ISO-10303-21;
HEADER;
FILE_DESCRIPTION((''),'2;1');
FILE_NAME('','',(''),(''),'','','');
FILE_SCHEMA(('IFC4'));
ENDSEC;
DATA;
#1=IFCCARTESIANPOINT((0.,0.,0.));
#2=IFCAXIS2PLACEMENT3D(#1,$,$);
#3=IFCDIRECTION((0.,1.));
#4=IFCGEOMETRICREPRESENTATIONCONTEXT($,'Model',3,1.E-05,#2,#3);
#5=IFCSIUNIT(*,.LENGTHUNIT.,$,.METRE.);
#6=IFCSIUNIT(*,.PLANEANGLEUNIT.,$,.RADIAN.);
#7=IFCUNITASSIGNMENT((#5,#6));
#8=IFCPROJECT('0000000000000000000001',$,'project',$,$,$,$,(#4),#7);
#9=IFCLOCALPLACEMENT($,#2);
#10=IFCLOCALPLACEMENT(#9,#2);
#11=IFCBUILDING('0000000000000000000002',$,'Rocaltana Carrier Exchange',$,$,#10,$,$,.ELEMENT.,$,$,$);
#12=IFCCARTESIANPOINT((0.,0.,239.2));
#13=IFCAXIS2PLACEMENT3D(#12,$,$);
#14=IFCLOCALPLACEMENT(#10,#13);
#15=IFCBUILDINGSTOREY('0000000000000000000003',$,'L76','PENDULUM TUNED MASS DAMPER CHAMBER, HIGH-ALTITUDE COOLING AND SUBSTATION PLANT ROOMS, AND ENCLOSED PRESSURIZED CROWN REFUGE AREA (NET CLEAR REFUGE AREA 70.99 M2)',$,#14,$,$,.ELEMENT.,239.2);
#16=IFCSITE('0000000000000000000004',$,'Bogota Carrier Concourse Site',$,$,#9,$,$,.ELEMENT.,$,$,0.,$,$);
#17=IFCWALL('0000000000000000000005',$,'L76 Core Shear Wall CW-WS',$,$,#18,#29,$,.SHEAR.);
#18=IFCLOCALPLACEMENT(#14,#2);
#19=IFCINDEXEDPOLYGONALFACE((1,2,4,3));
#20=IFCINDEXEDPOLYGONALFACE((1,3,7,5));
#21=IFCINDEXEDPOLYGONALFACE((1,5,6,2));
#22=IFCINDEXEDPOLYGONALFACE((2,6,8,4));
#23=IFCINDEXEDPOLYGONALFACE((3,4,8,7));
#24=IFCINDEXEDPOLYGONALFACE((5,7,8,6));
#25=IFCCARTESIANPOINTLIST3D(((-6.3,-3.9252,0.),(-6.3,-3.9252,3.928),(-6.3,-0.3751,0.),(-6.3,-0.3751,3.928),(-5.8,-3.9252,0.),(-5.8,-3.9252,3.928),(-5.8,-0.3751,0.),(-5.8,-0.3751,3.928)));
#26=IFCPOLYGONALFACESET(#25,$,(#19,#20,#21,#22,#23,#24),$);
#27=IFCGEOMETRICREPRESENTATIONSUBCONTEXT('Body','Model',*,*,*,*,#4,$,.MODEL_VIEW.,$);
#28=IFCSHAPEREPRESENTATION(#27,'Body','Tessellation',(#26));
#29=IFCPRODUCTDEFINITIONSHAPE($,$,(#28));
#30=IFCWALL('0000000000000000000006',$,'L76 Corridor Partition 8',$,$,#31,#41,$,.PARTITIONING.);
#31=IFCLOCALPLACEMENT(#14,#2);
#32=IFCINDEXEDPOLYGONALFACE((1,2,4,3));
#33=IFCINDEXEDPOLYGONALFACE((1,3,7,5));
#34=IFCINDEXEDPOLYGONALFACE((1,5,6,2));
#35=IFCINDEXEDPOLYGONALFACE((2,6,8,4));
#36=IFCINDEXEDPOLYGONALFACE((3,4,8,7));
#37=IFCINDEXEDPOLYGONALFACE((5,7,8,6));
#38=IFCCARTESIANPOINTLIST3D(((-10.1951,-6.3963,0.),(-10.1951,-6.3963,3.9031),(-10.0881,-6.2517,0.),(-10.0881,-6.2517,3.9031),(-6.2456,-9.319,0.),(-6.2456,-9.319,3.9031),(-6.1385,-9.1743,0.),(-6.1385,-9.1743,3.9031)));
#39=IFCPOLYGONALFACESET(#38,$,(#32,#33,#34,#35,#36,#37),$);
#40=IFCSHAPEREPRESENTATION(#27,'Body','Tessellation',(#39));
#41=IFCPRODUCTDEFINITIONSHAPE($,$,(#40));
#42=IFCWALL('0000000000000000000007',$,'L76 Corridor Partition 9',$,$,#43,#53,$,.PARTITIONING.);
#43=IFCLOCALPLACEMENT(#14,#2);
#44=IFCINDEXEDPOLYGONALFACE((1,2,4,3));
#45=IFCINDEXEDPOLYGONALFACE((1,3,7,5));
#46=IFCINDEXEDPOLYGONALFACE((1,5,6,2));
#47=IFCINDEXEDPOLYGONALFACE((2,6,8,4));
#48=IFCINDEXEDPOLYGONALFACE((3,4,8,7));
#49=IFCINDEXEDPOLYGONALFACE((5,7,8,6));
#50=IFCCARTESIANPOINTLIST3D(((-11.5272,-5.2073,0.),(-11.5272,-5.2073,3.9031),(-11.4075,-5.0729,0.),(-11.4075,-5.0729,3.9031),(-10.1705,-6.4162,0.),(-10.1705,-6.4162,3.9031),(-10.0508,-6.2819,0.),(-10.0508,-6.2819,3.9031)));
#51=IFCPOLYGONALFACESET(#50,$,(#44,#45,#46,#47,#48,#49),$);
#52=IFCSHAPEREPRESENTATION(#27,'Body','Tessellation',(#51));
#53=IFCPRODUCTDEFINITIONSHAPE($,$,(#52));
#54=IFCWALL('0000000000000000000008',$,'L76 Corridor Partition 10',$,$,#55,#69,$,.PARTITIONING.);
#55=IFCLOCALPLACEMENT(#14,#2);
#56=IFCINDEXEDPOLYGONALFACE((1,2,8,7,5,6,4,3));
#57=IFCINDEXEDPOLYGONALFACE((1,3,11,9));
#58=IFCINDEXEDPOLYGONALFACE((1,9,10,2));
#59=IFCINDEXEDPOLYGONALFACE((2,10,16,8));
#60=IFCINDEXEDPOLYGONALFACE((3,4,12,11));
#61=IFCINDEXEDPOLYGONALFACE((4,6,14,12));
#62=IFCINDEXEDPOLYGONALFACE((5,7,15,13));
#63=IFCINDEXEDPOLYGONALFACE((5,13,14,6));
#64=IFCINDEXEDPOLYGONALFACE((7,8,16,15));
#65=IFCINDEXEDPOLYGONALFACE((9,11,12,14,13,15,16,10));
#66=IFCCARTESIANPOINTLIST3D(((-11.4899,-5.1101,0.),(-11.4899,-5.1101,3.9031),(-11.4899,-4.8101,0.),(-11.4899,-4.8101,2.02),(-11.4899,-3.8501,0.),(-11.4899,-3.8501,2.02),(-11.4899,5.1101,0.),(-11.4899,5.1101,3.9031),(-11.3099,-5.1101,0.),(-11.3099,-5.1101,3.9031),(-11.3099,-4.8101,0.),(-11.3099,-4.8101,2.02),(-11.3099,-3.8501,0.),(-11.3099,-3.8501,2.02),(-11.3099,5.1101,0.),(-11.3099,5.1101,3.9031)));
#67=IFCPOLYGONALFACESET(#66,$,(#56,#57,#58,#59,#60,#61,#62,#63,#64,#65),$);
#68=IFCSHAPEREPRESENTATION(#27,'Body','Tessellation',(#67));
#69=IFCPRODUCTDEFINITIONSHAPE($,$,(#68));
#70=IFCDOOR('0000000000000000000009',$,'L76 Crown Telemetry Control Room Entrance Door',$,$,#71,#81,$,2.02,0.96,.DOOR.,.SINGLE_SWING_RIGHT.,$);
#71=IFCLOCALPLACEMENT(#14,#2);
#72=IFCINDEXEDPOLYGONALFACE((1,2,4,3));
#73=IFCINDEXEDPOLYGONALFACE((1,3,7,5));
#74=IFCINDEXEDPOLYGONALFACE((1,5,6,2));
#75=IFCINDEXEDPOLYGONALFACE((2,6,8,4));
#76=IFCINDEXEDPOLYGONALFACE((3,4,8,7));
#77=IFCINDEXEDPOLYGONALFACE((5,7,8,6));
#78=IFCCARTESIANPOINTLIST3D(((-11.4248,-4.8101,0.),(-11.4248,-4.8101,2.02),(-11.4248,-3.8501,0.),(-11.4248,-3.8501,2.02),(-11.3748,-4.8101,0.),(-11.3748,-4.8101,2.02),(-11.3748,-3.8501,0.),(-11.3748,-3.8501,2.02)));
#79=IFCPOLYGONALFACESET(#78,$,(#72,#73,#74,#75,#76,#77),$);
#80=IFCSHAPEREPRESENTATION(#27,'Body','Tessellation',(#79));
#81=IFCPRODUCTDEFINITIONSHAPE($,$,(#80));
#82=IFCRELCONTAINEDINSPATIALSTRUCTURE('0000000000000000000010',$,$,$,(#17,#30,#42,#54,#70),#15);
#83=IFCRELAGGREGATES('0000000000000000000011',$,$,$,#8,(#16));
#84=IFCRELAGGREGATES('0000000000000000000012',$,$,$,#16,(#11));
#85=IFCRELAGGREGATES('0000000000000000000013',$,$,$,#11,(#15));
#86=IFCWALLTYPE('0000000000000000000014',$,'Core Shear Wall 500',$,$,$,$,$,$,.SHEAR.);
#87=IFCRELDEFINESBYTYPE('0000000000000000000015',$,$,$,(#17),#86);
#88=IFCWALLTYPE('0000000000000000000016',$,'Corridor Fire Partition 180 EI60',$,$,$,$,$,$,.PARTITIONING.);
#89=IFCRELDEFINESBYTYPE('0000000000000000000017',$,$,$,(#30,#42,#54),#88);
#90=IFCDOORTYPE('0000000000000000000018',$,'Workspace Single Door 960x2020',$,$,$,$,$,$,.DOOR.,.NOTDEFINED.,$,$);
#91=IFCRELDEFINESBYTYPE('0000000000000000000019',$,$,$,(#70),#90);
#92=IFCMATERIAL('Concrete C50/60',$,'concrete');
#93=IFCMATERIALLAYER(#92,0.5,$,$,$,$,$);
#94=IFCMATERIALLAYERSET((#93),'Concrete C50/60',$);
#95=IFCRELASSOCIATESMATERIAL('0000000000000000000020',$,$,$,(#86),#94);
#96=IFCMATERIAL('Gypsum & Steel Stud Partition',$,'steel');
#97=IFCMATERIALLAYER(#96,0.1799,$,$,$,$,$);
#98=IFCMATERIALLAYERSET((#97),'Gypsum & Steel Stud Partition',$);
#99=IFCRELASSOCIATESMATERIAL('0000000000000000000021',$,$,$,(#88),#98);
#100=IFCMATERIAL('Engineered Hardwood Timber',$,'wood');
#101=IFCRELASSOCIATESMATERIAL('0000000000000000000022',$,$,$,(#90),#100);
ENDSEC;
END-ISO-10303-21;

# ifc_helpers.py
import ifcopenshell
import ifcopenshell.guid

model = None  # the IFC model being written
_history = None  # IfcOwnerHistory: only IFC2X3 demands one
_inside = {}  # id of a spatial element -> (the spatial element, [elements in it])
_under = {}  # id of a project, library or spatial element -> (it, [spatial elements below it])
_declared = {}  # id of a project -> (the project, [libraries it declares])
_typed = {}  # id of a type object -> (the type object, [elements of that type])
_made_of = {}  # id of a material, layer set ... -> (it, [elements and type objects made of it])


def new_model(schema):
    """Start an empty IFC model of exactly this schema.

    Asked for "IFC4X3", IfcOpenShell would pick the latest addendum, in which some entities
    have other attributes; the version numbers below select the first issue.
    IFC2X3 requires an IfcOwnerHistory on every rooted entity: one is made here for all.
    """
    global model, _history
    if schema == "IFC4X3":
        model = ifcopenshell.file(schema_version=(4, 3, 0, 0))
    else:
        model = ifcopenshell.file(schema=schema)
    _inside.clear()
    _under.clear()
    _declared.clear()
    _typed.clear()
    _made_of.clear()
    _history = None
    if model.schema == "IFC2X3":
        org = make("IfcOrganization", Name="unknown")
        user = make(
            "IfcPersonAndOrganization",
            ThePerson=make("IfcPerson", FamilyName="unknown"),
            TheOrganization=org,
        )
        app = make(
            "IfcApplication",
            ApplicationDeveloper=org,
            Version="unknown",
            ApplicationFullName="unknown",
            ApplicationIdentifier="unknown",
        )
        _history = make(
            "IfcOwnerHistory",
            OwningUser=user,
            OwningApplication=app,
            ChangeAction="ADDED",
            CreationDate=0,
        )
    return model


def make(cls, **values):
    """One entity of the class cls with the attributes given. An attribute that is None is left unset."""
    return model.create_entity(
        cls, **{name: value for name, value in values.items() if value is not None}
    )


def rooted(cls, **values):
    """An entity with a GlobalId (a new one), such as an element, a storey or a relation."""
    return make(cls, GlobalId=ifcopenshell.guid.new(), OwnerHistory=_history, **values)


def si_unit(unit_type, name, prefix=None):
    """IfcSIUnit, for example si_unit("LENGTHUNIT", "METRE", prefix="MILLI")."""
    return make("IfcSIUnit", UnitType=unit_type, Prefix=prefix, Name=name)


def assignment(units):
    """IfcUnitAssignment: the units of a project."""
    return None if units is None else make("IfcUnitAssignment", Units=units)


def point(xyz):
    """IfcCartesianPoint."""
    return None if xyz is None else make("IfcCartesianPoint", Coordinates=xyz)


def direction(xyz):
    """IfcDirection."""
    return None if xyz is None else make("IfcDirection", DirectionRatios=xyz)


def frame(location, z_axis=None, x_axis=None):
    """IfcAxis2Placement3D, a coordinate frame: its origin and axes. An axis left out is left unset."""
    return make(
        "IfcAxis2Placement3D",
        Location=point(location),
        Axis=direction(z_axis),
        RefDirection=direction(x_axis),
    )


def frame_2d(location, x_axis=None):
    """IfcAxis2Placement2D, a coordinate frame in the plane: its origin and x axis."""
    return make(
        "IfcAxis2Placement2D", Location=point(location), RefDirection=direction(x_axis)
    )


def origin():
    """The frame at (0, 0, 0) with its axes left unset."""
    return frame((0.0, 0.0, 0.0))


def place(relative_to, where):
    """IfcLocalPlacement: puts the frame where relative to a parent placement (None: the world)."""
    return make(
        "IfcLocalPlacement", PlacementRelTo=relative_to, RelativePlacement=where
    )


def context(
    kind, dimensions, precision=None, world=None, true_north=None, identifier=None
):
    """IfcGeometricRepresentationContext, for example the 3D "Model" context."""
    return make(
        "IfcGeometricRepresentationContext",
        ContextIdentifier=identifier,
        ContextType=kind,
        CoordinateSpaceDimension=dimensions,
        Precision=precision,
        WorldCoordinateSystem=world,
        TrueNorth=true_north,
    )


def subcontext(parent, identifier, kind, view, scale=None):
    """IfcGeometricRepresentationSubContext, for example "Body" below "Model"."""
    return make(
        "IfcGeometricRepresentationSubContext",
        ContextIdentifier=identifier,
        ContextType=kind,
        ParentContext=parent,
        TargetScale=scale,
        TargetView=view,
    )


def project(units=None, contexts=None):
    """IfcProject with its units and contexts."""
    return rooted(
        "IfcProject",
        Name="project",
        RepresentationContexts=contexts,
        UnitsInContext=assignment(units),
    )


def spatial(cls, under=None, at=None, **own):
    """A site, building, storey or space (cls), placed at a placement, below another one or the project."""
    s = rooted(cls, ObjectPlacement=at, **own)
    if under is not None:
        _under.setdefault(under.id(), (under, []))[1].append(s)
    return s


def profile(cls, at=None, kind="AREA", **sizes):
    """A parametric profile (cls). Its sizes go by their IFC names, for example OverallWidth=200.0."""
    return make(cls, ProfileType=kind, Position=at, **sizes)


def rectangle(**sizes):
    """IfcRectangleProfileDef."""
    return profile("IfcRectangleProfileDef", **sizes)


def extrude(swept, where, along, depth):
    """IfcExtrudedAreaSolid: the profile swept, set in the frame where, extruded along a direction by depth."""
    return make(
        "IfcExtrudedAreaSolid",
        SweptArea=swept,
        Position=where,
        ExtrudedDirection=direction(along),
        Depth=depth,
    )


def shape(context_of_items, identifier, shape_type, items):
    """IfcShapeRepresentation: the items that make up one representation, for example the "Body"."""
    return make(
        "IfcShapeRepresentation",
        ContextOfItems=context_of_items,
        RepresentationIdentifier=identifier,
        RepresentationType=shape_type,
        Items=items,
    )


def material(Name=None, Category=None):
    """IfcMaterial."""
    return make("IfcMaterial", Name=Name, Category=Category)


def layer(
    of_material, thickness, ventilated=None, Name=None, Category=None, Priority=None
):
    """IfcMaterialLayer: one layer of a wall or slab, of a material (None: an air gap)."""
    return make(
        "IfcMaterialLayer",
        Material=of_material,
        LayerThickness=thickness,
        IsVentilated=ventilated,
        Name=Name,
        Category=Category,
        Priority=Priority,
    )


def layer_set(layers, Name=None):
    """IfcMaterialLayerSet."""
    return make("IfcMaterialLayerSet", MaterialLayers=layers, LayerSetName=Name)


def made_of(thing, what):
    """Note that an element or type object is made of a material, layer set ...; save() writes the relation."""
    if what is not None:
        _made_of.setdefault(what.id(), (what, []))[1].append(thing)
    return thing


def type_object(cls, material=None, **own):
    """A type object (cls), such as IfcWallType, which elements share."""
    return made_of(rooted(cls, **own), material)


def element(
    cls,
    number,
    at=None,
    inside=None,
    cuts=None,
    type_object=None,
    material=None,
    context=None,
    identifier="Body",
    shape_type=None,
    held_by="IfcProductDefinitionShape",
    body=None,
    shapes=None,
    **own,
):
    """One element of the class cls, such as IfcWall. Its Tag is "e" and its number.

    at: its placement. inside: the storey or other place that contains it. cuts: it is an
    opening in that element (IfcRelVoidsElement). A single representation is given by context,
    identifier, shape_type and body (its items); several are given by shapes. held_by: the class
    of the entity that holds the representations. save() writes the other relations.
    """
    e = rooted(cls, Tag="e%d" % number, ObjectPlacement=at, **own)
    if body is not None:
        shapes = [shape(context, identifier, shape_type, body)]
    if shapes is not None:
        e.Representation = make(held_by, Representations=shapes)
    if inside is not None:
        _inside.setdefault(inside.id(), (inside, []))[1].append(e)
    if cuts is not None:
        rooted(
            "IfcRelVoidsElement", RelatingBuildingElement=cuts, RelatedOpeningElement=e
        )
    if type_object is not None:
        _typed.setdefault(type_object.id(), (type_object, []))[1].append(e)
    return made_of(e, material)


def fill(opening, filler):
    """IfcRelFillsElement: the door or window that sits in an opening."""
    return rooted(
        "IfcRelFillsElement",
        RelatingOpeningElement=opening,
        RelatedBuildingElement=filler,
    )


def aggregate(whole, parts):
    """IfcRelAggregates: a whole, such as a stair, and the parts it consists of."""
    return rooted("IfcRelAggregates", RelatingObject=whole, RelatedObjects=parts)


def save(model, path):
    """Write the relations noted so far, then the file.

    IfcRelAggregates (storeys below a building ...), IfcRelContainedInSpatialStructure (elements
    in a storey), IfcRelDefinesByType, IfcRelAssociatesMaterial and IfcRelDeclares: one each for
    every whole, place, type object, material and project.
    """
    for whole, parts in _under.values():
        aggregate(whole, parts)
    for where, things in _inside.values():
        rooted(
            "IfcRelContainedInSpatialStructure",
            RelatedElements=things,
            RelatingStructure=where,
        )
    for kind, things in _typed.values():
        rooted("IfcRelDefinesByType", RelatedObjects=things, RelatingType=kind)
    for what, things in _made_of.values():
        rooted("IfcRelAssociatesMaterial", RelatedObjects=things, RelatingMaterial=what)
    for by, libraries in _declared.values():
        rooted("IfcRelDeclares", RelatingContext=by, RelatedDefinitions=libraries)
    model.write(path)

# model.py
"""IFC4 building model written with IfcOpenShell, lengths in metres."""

from ifc_helpers import new_model, si_unit, direction, frame, frame_2d, origin, place, context, subcontext, project, spatial, rectangle, extrude, material, layer, layer_set, type_object, element, fill, save


model = new_model("IFC4")

# Units and contexts
model_context = context("Model", 3, precision=1e-05, world=origin(), true_north=direction((0.0, 1.0)))
body_context = subcontext(model_context, "Body", "Model", "MODEL_VIEW")
ifc_project = project(units=[si_unit("LENGTHUNIT", "METRE"), si_unit("PLANEANGLEUNIT", "RADIAN")], contexts=[model_context])

# Site, building, storey
site_placement = place(None, origin())
site = spatial("IfcSite", under=ifc_project, at=site_placement, Name="Bogota Carrier Concourse Site", CompositionType="ELEMENT", RefElevation=0.0)
building_placement = place(site_placement, origin())
building = spatial("IfcBuilding", under=site, at=building_placement, Name="Rocaltana Carrier Exchange", CompositionType="ELEMENT")
storey_placement = place(building_placement, frame((0.0, 0.0, 239.2)))
storey = spatial("IfcBuildingStorey", under=building, at=storey_placement, Name="L76", Description="PENDULUM TUNED MASS DAMPER CHAMBER, HIGH-ALTITUDE COOLING AND SUBSTATION PLANT ROOMS, AND ENCLOSED PRESSURIZED CROWN REFUGE AREA (NET CLEAR REFUGE AREA 70.99 M2)", CompositionType="ELEMENT", Elevation=239.2)

# Walls
ifc_material_1 = material(Name="Concrete C50/60", Category="concrete")
ifc_layer_1 = layer(ifc_material_1, 0.5)
ifc_layer_set_1 = layer_set([ifc_layer_1], Name="Concrete C50/60")
wall_type_1 = type_object("IfcWallType", Name="Core Shear Wall 500", PredefinedType="SHEAR", material=ifc_layer_set_1)
wall_1_placement = place(storey_placement, frame((-6.05, -3.925, 0.0), z_axis=(0.0, 0.0, 1.0), x_axis=(0.0, 1.0, 0.0)))
element("IfcWall", 1, at=wall_1_placement, inside=storey, type_object=wall_type_1, Name="L76 Core Shear Wall CW-WS", PredefinedType="SHEAR", context=body_context, shape_type="SweptSolid", body=[
    extrude(rectangle(XDim=3.55, YDim=0.5, at=frame_2d((1.7749, 0.0))), origin(), (0.0, 0.0, 1.0), 3.928),
])
ifc_material_2 = material(Name="Gypsum & Steel Stud Partition", Category="steel")
ifc_layer_2 = layer(ifc_material_2, 0.1799)
ifc_layer_set_2 = layer_set([ifc_layer_2], Name="Gypsum & Steel Stud Partition")
wall_type_2 = type_object("IfcWallType", Name="Corridor Fire Partition 180 EI60", PredefinedType="PARTITIONING", material=ifc_layer_set_2)
wall_2_placement = place(storey_placement, frame((-6.1921, -9.2466, 0.0), z_axis=(0.0, 0.0, 1.0), x_axis=(-0.803841, 0.594844, 0.0)))
element("IfcWall", 2, at=wall_2_placement, inside=storey, type_object=wall_type_2, Name="L76 Corridor Partition 8", PredefinedType="PARTITIONING", context=body_context, shape_type="SweptSolid", body=[
    extrude(rectangle(XDim=4.9133, YDim=0.1799, at=frame_2d((2.4565, 0.0))), origin(), (0.0, 0.0, 1.0), 3.9031),
])
wall_3_placement = place(storey_placement, frame((-10.1106, -6.3491, 0.0), z_axis=(0.0, 0.0, 1.0), x_axis=(-0.746579, 0.665297, 0.0)))
element("IfcWall", 3, at=wall_3_placement, inside=storey, type_object=wall_type_2, Name="L76 Corridor Partition 9", PredefinedType="PARTITIONING", context=body_context, shape_type="SweptSolid", body=[
    extrude(rectangle(XDim=1.8171, YDim=0.1799, at=frame_2d((0.9087, 0.0))), origin(), (0.0, 0.0, 1.0), 3.9031),
])

# Wall, opening, door
wall_4_placement = place(storey_placement, frame((-11.3999, -5.1101, 0.0), z_axis=(0.0, 0.0, 1.0), x_axis=(0.0, 1.0, 0.0)))
wall_4 = element("IfcWall", 4, at=wall_4_placement, inside=storey, type_object=wall_type_2, Name="L76 Corridor Partition 10", PredefinedType="PARTITIONING", context=body_context, shape_type="SweptSolid", body=[
    extrude(rectangle(XDim=10.2202, YDim=0.1799, at=frame_2d((5.1101, 0.0))), origin(), (0.0, 0.0, 1.0), 3.9031),
])
opening_placement = place(wall_4_placement, frame((0.3, 0.0, 0.0)))
opening = element("IfcOpeningElement", 5, at=opening_placement, cuts=wall_4, PredefinedType="OPENING", context=body_context, shape_type="SweptSolid", body=[
    extrude(rectangle(XDim=0.96, YDim=2.02, at=frame_2d((0.48, 1.01))), frame((0.0, 0.0999, 0.0), z_axis=(0.0, -1.0, 0.0), x_axis=(1.0, 0.0, 0.0)), (0.0, 0.0, 1.0), 0.2),
])
ifc_material_3 = material(Name="Engineered Hardwood Timber", Category="wood")
door_type = type_object("IfcDoorType", Name="Workspace Single Door 960x2020", OperationType="NOTDEFINED", PredefinedType="DOOR", material=ifc_material_3)
door_placement = place(opening_placement, origin())
door = element("IfcDoor", 6, at=door_placement, inside=storey, type_object=door_type, Name="L76 Crown Telemetry Control Room Entrance Door", OperationType="SINGLE_SWING_RIGHT", OverallHeight=2.02, OverallWidth=0.96, PredefinedType="DOOR", context=body_context, shape_type="SweptSolid", body=[
    extrude(rectangle(XDim=0.96, YDim=2.02, at=frame_2d((0.48, 1.01))), frame((0.0, 0.0249, 0.0), z_axis=(0.0, -1.0, 0.0), x_axis=(1.0, 0.0, 0.0)), (0.0, 0.0, 1.0), 0.05),
])
fill(opening, door)

save(model, "model.ifc")
